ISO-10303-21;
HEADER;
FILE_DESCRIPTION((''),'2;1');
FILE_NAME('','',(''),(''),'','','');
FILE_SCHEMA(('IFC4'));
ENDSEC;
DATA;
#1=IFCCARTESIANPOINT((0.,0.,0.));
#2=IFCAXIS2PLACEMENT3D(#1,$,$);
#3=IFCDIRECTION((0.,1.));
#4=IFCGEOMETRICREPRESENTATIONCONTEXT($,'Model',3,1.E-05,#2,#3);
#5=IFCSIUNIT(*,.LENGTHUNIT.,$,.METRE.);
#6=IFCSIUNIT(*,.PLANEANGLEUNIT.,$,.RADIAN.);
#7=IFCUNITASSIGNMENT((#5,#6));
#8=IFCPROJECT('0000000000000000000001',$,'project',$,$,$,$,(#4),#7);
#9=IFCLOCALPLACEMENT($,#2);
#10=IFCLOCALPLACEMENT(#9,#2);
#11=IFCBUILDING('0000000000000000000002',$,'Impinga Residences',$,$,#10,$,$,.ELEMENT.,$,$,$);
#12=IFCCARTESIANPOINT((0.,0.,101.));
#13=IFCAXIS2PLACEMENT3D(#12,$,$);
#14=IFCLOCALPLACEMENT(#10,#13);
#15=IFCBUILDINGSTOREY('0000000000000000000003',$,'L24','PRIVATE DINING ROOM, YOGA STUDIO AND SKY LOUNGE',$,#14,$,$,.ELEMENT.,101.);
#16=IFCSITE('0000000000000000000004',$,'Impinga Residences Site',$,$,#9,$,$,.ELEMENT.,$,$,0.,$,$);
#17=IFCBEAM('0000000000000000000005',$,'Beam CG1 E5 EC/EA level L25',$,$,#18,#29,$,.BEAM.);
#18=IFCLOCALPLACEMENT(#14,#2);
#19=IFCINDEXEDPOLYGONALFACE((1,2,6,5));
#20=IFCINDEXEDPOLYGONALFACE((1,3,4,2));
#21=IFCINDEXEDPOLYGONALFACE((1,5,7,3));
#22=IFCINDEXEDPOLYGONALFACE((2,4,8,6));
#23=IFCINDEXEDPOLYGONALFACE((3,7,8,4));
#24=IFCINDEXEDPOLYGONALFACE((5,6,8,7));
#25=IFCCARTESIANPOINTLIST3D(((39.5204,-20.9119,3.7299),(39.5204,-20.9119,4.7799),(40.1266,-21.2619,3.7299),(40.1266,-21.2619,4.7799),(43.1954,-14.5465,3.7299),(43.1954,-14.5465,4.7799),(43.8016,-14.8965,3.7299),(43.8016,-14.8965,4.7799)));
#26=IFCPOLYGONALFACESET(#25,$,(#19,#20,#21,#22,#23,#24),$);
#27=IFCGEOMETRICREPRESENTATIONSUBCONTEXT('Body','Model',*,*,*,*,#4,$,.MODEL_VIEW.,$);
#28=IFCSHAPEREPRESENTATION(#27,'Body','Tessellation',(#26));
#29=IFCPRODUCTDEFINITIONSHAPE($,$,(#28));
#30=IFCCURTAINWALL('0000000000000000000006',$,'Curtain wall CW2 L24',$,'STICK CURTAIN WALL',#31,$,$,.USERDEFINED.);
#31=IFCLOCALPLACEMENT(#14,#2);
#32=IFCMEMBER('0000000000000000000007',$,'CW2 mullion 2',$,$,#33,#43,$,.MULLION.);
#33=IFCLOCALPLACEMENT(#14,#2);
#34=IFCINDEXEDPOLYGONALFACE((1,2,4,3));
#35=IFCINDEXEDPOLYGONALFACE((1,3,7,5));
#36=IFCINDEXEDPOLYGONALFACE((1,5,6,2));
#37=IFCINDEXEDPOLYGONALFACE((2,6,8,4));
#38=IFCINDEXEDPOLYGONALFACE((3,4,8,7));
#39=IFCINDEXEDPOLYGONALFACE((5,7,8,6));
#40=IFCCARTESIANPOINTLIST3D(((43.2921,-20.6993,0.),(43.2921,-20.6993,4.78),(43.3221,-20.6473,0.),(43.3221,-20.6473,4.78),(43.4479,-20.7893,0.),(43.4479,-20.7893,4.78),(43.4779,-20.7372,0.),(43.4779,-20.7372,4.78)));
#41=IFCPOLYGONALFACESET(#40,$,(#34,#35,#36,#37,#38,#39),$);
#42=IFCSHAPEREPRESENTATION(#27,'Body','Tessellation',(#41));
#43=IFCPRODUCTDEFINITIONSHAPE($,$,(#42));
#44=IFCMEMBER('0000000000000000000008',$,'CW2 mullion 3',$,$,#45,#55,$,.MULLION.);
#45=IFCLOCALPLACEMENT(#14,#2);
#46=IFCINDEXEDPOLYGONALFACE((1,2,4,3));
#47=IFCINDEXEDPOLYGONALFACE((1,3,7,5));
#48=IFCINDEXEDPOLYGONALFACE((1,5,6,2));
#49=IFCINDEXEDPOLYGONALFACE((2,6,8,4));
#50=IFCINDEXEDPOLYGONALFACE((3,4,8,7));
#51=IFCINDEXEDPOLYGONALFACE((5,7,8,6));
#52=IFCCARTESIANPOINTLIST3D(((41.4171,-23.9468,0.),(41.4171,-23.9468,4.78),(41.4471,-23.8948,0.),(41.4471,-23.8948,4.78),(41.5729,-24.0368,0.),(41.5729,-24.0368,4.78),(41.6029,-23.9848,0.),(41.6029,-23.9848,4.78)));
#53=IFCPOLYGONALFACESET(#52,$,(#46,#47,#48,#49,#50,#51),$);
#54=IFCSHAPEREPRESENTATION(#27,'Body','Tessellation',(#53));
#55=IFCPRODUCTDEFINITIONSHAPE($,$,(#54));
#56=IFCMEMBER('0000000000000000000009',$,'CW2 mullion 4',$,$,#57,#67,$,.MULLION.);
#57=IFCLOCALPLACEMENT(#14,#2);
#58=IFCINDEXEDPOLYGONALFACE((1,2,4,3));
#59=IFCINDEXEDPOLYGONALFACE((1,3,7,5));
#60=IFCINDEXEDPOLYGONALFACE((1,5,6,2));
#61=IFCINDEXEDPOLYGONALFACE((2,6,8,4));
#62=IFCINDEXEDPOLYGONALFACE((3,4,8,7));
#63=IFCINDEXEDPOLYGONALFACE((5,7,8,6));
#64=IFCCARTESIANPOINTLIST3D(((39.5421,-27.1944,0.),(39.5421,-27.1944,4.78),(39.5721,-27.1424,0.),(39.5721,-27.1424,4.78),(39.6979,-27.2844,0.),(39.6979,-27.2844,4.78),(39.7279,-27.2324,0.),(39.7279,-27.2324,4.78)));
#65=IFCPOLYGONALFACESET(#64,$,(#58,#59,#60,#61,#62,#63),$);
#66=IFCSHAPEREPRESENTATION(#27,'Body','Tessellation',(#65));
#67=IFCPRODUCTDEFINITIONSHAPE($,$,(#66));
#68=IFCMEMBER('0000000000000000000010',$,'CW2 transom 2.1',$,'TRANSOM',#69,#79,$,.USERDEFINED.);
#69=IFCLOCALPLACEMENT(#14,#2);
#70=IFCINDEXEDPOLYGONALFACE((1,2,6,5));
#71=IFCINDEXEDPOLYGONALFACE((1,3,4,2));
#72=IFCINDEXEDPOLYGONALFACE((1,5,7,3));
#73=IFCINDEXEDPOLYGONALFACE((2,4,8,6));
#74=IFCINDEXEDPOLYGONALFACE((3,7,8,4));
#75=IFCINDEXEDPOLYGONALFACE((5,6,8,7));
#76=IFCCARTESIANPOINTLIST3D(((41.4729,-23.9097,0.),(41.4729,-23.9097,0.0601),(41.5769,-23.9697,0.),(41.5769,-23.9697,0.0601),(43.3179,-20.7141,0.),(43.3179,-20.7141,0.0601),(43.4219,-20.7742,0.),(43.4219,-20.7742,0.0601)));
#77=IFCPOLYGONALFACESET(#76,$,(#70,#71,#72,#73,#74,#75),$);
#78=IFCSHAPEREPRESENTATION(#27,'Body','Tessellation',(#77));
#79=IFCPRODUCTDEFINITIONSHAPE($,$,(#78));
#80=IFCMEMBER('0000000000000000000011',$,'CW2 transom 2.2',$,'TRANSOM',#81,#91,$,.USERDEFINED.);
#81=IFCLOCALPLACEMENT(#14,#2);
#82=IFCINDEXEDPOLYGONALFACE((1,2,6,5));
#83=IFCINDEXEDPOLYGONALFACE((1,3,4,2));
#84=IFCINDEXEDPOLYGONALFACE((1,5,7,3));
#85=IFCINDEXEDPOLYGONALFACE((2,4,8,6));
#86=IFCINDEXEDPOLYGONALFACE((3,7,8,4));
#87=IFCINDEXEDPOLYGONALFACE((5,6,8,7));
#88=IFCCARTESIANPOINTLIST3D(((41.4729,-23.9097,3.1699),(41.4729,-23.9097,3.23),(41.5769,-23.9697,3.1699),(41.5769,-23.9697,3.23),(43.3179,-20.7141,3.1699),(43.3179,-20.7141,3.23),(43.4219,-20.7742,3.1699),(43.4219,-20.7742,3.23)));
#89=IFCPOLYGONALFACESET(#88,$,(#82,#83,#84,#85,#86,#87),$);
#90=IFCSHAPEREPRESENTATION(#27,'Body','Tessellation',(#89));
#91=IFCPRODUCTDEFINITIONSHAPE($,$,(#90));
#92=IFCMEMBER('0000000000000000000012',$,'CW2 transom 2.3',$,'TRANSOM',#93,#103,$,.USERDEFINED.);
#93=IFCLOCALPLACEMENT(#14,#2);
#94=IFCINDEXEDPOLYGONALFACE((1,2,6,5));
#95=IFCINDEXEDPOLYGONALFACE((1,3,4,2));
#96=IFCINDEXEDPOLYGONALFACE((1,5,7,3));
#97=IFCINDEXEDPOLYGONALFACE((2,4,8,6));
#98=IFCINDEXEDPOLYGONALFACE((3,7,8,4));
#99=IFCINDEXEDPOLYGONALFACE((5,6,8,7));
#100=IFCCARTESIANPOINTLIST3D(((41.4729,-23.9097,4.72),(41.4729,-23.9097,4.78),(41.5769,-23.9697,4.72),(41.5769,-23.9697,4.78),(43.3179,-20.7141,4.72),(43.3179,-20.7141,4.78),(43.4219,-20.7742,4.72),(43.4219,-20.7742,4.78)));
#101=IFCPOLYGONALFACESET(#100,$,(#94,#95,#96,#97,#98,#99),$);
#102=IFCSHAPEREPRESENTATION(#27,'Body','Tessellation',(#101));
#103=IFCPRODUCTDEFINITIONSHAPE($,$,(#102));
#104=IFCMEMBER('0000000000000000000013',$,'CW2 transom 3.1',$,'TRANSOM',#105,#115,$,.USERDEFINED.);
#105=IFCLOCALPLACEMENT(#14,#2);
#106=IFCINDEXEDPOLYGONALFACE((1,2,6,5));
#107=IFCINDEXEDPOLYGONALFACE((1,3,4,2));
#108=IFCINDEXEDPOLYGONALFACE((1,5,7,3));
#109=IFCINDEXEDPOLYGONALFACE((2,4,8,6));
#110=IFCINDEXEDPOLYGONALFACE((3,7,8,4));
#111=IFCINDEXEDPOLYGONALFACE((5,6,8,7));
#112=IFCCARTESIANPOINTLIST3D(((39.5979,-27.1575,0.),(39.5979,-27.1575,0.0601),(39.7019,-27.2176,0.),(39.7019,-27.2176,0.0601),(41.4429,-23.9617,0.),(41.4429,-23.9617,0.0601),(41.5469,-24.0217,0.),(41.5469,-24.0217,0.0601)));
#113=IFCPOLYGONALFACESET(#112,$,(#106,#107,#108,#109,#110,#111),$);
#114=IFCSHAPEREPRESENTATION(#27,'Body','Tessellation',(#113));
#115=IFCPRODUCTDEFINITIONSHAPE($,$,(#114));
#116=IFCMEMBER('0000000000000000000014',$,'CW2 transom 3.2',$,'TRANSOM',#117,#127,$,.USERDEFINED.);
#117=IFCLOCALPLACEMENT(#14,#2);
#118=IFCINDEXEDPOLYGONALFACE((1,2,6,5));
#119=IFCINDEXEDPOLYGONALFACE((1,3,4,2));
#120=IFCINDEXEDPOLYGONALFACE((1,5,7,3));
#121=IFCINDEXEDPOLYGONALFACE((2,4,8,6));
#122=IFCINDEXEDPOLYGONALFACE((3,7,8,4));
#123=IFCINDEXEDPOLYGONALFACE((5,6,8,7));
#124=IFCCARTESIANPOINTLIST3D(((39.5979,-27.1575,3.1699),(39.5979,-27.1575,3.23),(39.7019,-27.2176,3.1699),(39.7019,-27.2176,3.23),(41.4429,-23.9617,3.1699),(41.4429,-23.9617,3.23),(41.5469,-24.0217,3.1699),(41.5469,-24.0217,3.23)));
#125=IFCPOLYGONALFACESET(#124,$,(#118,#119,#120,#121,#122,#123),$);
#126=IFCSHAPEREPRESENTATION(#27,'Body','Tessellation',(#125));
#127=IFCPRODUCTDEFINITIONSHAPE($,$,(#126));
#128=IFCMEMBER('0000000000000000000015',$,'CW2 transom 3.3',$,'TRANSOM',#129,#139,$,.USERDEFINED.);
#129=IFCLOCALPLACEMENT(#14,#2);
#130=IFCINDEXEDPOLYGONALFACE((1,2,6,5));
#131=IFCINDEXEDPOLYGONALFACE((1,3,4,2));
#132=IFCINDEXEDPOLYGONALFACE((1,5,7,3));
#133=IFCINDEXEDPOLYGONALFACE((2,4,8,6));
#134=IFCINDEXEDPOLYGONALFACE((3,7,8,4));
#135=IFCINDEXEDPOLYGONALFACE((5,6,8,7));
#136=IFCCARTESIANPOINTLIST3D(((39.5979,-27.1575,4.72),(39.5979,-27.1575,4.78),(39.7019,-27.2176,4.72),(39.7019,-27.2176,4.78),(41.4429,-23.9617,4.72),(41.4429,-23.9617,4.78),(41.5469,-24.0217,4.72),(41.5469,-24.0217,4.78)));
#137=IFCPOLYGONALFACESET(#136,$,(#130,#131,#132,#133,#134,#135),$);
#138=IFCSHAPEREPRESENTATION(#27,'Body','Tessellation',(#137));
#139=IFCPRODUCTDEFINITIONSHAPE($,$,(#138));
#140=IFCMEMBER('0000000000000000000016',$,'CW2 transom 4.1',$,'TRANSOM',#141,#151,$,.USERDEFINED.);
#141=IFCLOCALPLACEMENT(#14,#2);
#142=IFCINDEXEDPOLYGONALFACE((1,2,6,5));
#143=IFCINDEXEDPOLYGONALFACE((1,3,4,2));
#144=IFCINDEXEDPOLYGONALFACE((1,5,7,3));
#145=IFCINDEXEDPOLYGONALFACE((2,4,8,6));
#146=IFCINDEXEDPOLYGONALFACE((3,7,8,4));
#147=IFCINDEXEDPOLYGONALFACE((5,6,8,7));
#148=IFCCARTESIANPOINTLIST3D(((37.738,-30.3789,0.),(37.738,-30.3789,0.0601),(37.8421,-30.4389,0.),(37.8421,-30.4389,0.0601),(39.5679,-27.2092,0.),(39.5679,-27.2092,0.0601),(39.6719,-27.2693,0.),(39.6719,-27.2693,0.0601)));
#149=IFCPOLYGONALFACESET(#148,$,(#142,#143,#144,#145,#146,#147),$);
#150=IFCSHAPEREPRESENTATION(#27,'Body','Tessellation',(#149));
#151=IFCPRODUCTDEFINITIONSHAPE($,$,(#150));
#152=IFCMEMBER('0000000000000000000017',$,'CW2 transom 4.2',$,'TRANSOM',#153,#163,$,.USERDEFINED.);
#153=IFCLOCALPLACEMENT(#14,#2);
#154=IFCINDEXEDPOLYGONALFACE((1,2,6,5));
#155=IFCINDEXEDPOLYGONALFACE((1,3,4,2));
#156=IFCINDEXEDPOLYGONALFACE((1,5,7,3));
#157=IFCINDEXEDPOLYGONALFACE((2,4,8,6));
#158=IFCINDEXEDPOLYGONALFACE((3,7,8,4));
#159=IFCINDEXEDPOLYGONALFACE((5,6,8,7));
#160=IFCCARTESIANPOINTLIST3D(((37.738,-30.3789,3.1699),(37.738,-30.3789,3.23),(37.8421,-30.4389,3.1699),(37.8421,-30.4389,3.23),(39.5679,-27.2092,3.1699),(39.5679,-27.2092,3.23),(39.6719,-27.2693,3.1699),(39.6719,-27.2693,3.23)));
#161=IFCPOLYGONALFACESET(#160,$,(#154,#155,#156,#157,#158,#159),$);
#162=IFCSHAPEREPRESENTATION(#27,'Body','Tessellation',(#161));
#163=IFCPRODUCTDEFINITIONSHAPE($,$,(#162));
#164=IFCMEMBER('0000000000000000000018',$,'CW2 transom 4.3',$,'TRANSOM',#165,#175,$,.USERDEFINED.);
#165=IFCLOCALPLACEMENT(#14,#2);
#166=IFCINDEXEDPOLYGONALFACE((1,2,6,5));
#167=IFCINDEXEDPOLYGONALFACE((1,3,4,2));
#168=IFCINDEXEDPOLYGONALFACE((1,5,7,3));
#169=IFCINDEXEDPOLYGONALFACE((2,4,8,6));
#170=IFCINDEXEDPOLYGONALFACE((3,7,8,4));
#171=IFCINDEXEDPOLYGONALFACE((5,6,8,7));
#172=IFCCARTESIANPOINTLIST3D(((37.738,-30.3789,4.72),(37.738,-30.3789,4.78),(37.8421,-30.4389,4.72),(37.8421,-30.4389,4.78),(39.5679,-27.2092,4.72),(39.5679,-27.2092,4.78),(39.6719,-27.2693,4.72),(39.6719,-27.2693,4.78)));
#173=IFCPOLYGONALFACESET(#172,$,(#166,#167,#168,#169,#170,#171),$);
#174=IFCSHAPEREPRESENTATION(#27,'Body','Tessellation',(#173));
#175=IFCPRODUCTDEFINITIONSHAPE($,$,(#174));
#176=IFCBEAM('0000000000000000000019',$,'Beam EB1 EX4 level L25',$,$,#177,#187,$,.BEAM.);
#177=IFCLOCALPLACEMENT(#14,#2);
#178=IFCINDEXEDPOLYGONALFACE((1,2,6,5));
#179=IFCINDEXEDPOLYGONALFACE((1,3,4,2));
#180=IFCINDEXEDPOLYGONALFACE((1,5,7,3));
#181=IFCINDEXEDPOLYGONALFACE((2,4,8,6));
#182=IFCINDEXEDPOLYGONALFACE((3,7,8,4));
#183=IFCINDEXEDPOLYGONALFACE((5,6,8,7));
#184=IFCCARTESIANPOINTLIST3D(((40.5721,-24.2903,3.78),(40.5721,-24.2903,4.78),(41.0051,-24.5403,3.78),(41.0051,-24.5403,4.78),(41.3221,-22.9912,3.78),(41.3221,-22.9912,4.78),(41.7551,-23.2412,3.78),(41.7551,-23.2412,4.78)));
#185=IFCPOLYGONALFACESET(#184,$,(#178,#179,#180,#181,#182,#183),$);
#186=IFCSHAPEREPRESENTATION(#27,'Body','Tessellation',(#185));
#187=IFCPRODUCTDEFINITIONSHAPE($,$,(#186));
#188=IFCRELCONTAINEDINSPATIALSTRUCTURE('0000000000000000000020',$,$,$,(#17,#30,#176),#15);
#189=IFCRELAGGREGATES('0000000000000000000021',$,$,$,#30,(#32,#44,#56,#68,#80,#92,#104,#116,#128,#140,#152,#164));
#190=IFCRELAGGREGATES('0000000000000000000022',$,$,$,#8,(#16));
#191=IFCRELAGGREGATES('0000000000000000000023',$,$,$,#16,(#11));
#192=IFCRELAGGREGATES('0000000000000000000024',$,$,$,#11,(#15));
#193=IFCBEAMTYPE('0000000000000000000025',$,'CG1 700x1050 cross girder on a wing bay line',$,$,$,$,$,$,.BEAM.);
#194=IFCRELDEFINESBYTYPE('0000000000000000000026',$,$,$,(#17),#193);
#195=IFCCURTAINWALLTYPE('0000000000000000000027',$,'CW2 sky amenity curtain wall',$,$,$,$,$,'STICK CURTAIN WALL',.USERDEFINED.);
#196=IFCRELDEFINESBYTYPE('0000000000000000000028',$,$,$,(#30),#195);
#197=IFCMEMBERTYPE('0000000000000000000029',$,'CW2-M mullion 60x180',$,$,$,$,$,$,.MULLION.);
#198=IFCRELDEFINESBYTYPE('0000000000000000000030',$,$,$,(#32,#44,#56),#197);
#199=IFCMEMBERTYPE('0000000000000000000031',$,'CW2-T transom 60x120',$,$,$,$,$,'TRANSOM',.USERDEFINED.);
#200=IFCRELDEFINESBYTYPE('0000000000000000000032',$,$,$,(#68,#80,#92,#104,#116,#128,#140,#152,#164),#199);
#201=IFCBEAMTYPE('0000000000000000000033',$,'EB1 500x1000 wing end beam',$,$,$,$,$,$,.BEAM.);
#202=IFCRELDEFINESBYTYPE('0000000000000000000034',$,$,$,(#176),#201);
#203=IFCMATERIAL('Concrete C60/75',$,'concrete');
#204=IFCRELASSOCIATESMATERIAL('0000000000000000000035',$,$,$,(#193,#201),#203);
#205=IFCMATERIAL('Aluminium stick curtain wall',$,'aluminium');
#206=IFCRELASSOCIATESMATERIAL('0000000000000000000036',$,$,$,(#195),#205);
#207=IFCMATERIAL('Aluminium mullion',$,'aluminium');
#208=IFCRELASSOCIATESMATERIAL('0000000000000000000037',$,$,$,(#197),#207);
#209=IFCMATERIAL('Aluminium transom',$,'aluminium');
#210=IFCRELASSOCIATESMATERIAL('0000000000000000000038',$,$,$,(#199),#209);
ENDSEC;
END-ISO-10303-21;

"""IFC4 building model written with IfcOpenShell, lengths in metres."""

from ifc_helpers import new_model, si_unit, direction, frame, origin, origin_2d, place, context, subcontext, project, spatial, rectangle, extrude, material, material_profile, profile_set, type_object, element, aggregate, save


model = new_model("IFC4")

# Units and contexts
model_context = context("Model", 3, precision=1e-05, world=origin(), true_north=direction((0.0, 1.0)))
body_context = subcontext(model_context, "Body", "Model", "MODEL_VIEW")
ifc_project = project(units=[si_unit("LENGTHUNIT", "METRE"), si_unit("PLANEANGLEUNIT", "RADIAN")], contexts=[model_context])

# Site, building, storey
site_placement = place(None, origin())
site = spatial("IfcSite", under=ifc_project, at=site_placement, Name="Impinga Residences Site", CompositionType="ELEMENT", RefElevation=0.0)
building_placement = place(site_placement, origin())
building = spatial("IfcBuilding", under=site, at=building_placement, Name="Impinga Residences", CompositionType="ELEMENT")
storey_placement = place(building_placement, frame((0.0, 0.0, 101.0)))
storey = spatial("IfcBuildingStorey", under=building, at=storey_placement, Name="L24", Description="PRIVATE DINING ROOM, YOGA STUDIO AND SKY LOUNGE", CompositionType="ELEMENT", Elevation=101.0)

# Beam
ifc_material_1 = material(Name="Concrete C60/75", Category="concrete")
ifc_material_profile_1 = material_profile(ifc_material_1, rectangle(XDim=0.7, YDim=1.05, at=origin_2d()), Name="RC 700x1050")
ifc_profile_set_1 = profile_set([ifc_material_profile_1], Name="Concrete C60/75")
beam_type_1 = type_object("IfcBeamType", Name="CG1 700x1050 cross girder on a wing bay line", PredefinedType="BEAM", material=ifc_profile_set_1)
beam_1_placement = place(storey_placement, frame((39.8235, -21.0869, 4.2549), z_axis=(0.499994, 0.866029, 0.0), x_axis=(-0.866029, 0.499994, 0.0)))
element("IfcBeam", 1, at=beam_1_placement, inside=storey, type_object=beam_type_1, Name="Beam CG1 E5 EC/EA level L25", PredefinedType="BEAM", context=body_context, shape_type="SweptSolid", body=[
    extrude(rectangle(XDim=0.7, YDim=1.05, at=origin_2d()), origin(), (0.0, 0.0, 1.0), 7.3501),
])

# Curtain wall, members
ifc_material_2 = material(Name="Aluminium stick curtain wall", Category="aluminium")
curtain_wall_type = type_object("IfcCurtainWallType", Name="CW2 sky amenity curtain wall", ElementType="STICK CURTAIN WALL", PredefinedType="USERDEFINED", material=ifc_material_2)
curtain_wall_placement = place(storey_placement, origin())
curtain_wall = element("IfcCurtainWall", 2, at=curtain_wall_placement, inside=storey, type_object=curtain_wall_type, Name="Curtain wall CW2 L24", ObjectType="STICK CURTAIN WALL", PredefinedType="USERDEFINED")
ifc_material_3 = material(Name="Aluminium mullion", Category="aluminium")
ifc_material_profile_2 = material_profile(ifc_material_3, rectangle(XDim=0.0601, YDim=0.1799, at=origin_2d()), Name="60x180 mullion")
ifc_profile_set_2 = profile_set([ifc_material_profile_2], Name="Aluminium mullion")
member_type_1 = type_object("IfcMemberType", Name="CW2-M mullion 60x180", PredefinedType="MULLION", material=ifc_profile_set_2)
member_1_placement = place(storey_placement, frame((43.385, -20.7183, 0.0), z_axis=(0.0, 0.0, 1.0), x_axis=(-0.5, -0.866025, 0.0)))
member_1 = element("IfcMember", 3, at=member_1_placement, type_object=member_type_1, Name="CW2 mullion 2", PredefinedType="MULLION", context=body_context, shape_type="SweptSolid", body=[
    extrude(rectangle(XDim=0.0601, YDim=0.1799, at=origin_2d()), origin(), (0.0, 0.0, 1.0), 4.78),
])
member_2_placement = place(storey_placement, frame((41.51, -23.9658, 0.0), z_axis=(0.0, 0.0, 1.0), x_axis=(-0.5, -0.866025, 0.0)))
member_2 = element("IfcMember", 4, at=member_2_placement, type_object=member_type_1, Name="CW2 mullion 3", PredefinedType="MULLION", context=body_context, shape_type="SweptSolid", body=[
    extrude(rectangle(XDim=0.0601, YDim=0.1799, at=origin_2d()), origin(), (0.0, 0.0, 1.0), 4.78),
])
member_3_placement = place(storey_placement, frame((39.635, -27.2134, 0.0), z_axis=(0.0, 0.0, 1.0), x_axis=(-0.5, -0.866025, 0.0)))
member_3 = element("IfcMember", 5, at=member_3_placement, type_object=member_type_1, Name="CW2 mullion 4", PredefinedType="MULLION", context=body_context, shape_type="SweptSolid", body=[
    extrude(rectangle(XDim=0.0601, YDim=0.1799, at=origin_2d()), origin(), (0.0, 0.0, 1.0), 4.78),
])
ifc_material_4 = material(Name="Aluminium transom", Category="aluminium")
ifc_material_profile_3 = material_profile(ifc_material_4, rectangle(XDim=0.0601, YDim=0.1201, at=origin_2d()), Name="60x120 transom")
ifc_profile_set_3 = profile_set([ifc_material_profile_3], Name="Aluminium transom")
member_type_2 = type_object("IfcMemberType", Name="CW2-T transom 60x120", ElementType="TRANSOM", PredefinedType="USERDEFINED", material=ifc_profile_set_3)
member_4_placement = place(storey_placement, frame((43.3699, -20.7441, 0.03), z_axis=(-0.500003, -0.866024, 0.0), x_axis=(0.0, 0.0, 1.0)))
member_4 = element("IfcMember", 6, at=member_4_placement, type_object=member_type_2, Name="CW2 transom 2.1", ObjectType="TRANSOM", PredefinedType="USERDEFINED", context=body_context, shape_type="SweptSolid", body=[
    extrude(rectangle(XDim=0.0601, YDim=0.1201, at=origin_2d()), origin(), (0.0, 0.0, 1.0), 3.6899),
])
member_5_placement = place(storey_placement, frame((43.3699, -20.7441, 3.2), z_axis=(-0.500003, -0.866024, 0.0), x_axis=(0.0, 0.0, 1.0)))
member_5 = element("IfcMember", 7, at=member_5_placement, type_object=member_type_2, Name="CW2 transom 2.2", ObjectType="TRANSOM", PredefinedType="USERDEFINED", context=body_context, shape_type="SweptSolid", body=[
    extrude(rectangle(XDim=0.0601, YDim=0.1201, at=origin_2d()), origin(), (0.0, 0.0, 1.0), 3.6899),
])
member_6_placement = place(storey_placement, frame((43.3699, -20.7441, 4.75), z_axis=(-0.500003, -0.866024, 0.0), x_axis=(0.0, 0.0, 1.0)))
member_6 = element("IfcMember", 8, at=member_6_placement, type_object=member_type_2, Name="CW2 transom 2.3", ObjectType="TRANSOM", PredefinedType="USERDEFINED", context=body_context, shape_type="SweptSolid", body=[
    extrude(rectangle(XDim=0.0601, YDim=0.1201, at=origin_2d()), origin(), (0.0, 0.0, 1.0), 3.6899),
])
member_7_placement = place(storey_placement, frame((41.4949, -23.9917, 0.03), z_axis=(-0.499974, -0.86604, 0.0), x_axis=(0.0, 0.0, 1.0)))
member_7 = element("IfcMember", 9, at=member_7_placement, type_object=member_type_2, Name="CW2 transom 3.1", ObjectType="TRANSOM", PredefinedType="USERDEFINED", context=body_context, shape_type="SweptSolid", body=[
    extrude(rectangle(XDim=0.0601, YDim=0.1201, at=origin_2d()), origin(), (0.0, 0.0, 1.0), 3.6902),
])
member_8_placement = place(storey_placement, frame((41.4949, -23.9917, 3.2), z_axis=(-0.499974, -0.86604, 0.0), x_axis=(0.0, 0.0, 1.0)))
member_8 = element("IfcMember", 10, at=member_8_placement, type_object=member_type_2, Name="CW2 transom 3.2", ObjectType="TRANSOM", PredefinedType="USERDEFINED", context=body_context, shape_type="SweptSolid", body=[
    extrude(rectangle(XDim=0.0601, YDim=0.1201, at=origin_2d()), origin(), (0.0, 0.0, 1.0), 3.6902),
])
member_9_placement = place(storey_placement, frame((41.4949, -23.9917, 4.75), z_axis=(-0.499974, -0.86604, 0.0), x_axis=(0.0, 0.0, 1.0)))
member_9 = element("IfcMember", 11, at=member_9_placement, type_object=member_type_2, Name="CW2 transom 3.3", ObjectType="TRANSOM", PredefinedType="USERDEFINED", context=body_context, shape_type="SweptSolid", body=[
    extrude(rectangle(XDim=0.0601, YDim=0.1201, at=origin_2d()), origin(), (0.0, 0.0, 1.0), 3.6902),
])
member_10_placement = place(storey_placement, frame((39.6199, -27.2393, 0.03), z_axis=(-0.499963, -0.866047, 0.0), x_axis=(0.0, 0.0, 1.0)))
member_10 = element("IfcMember", 12, at=member_10_placement, type_object=member_type_2, Name="CW2 transom 4.1", ObjectType="TRANSOM", PredefinedType="USERDEFINED", context=body_context, shape_type="SweptSolid", body=[
    extrude(rectangle(XDim=0.0601, YDim=0.1201, at=origin_2d()), origin(), (0.0, 0.0, 1.0), 3.6599),
])
member_11_placement = place(storey_placement, frame((39.6199, -27.2393, 3.2), z_axis=(-0.499963, -0.866047, 0.0), x_axis=(0.0, 0.0, 1.0)))
member_11 = element("IfcMember", 13, at=member_11_placement, type_object=member_type_2, Name="CW2 transom 4.2", ObjectType="TRANSOM", PredefinedType="USERDEFINED", context=body_context, shape_type="SweptSolid", body=[
    extrude(rectangle(XDim=0.0601, YDim=0.1201, at=origin_2d()), origin(), (0.0, 0.0, 1.0), 3.6599),
])
member_12_placement = place(storey_placement, frame((39.6199, -27.2393, 4.75), z_axis=(-0.499963, -0.866047, 0.0), x_axis=(0.0, 0.0, 1.0)))
member_12 = element("IfcMember", 14, at=member_12_placement, type_object=member_type_2, Name="CW2 transom 4.3", ObjectType="TRANSOM", PredefinedType="USERDEFINED", context=body_context, shape_type="SweptSolid", body=[
    extrude(rectangle(XDim=0.0601, YDim=0.1201, at=origin_2d()), origin(), (0.0, 0.0, 1.0), 3.6599),
])

# Beam
ifc_material_profile_4 = material_profile(ifc_material_1, rectangle(XDim=0.5, YDim=1.0, at=origin_2d()), Name="RC 500x1000")
ifc_profile_set_4 = profile_set([ifc_material_profile_4], Name="Concrete C60/75")
beam_type_2 = type_object("IfcBeamType", Name="EB1 500x1000 wing end beam", PredefinedType="BEAM", material=ifc_profile_set_4)
beam_2_placement = place(storey_placement, frame((41.5386, -23.1162, 4.28), z_axis=(-0.49999, -0.866031, 0.0), x_axis=(0.866031, -0.49999, 0.0)))
element("IfcBeam", 15, at=beam_2_placement, inside=storey, type_object=beam_type_2, Name="Beam EB1 EX4 level L25", PredefinedType="BEAM", context=body_context, shape_type="SweptSolid", body=[
    extrude(rectangle(XDim=0.5, YDim=1.0, at=origin_2d()), origin(), (0.0, 0.0, 1.0), 1.5),
])

aggregate(curtain_wall, [member_1, member_2, member_3, member_4, member_5, member_6, member_7, member_8, member_9, member_10, member_11, member_12])

save(model, "model.ifc")
